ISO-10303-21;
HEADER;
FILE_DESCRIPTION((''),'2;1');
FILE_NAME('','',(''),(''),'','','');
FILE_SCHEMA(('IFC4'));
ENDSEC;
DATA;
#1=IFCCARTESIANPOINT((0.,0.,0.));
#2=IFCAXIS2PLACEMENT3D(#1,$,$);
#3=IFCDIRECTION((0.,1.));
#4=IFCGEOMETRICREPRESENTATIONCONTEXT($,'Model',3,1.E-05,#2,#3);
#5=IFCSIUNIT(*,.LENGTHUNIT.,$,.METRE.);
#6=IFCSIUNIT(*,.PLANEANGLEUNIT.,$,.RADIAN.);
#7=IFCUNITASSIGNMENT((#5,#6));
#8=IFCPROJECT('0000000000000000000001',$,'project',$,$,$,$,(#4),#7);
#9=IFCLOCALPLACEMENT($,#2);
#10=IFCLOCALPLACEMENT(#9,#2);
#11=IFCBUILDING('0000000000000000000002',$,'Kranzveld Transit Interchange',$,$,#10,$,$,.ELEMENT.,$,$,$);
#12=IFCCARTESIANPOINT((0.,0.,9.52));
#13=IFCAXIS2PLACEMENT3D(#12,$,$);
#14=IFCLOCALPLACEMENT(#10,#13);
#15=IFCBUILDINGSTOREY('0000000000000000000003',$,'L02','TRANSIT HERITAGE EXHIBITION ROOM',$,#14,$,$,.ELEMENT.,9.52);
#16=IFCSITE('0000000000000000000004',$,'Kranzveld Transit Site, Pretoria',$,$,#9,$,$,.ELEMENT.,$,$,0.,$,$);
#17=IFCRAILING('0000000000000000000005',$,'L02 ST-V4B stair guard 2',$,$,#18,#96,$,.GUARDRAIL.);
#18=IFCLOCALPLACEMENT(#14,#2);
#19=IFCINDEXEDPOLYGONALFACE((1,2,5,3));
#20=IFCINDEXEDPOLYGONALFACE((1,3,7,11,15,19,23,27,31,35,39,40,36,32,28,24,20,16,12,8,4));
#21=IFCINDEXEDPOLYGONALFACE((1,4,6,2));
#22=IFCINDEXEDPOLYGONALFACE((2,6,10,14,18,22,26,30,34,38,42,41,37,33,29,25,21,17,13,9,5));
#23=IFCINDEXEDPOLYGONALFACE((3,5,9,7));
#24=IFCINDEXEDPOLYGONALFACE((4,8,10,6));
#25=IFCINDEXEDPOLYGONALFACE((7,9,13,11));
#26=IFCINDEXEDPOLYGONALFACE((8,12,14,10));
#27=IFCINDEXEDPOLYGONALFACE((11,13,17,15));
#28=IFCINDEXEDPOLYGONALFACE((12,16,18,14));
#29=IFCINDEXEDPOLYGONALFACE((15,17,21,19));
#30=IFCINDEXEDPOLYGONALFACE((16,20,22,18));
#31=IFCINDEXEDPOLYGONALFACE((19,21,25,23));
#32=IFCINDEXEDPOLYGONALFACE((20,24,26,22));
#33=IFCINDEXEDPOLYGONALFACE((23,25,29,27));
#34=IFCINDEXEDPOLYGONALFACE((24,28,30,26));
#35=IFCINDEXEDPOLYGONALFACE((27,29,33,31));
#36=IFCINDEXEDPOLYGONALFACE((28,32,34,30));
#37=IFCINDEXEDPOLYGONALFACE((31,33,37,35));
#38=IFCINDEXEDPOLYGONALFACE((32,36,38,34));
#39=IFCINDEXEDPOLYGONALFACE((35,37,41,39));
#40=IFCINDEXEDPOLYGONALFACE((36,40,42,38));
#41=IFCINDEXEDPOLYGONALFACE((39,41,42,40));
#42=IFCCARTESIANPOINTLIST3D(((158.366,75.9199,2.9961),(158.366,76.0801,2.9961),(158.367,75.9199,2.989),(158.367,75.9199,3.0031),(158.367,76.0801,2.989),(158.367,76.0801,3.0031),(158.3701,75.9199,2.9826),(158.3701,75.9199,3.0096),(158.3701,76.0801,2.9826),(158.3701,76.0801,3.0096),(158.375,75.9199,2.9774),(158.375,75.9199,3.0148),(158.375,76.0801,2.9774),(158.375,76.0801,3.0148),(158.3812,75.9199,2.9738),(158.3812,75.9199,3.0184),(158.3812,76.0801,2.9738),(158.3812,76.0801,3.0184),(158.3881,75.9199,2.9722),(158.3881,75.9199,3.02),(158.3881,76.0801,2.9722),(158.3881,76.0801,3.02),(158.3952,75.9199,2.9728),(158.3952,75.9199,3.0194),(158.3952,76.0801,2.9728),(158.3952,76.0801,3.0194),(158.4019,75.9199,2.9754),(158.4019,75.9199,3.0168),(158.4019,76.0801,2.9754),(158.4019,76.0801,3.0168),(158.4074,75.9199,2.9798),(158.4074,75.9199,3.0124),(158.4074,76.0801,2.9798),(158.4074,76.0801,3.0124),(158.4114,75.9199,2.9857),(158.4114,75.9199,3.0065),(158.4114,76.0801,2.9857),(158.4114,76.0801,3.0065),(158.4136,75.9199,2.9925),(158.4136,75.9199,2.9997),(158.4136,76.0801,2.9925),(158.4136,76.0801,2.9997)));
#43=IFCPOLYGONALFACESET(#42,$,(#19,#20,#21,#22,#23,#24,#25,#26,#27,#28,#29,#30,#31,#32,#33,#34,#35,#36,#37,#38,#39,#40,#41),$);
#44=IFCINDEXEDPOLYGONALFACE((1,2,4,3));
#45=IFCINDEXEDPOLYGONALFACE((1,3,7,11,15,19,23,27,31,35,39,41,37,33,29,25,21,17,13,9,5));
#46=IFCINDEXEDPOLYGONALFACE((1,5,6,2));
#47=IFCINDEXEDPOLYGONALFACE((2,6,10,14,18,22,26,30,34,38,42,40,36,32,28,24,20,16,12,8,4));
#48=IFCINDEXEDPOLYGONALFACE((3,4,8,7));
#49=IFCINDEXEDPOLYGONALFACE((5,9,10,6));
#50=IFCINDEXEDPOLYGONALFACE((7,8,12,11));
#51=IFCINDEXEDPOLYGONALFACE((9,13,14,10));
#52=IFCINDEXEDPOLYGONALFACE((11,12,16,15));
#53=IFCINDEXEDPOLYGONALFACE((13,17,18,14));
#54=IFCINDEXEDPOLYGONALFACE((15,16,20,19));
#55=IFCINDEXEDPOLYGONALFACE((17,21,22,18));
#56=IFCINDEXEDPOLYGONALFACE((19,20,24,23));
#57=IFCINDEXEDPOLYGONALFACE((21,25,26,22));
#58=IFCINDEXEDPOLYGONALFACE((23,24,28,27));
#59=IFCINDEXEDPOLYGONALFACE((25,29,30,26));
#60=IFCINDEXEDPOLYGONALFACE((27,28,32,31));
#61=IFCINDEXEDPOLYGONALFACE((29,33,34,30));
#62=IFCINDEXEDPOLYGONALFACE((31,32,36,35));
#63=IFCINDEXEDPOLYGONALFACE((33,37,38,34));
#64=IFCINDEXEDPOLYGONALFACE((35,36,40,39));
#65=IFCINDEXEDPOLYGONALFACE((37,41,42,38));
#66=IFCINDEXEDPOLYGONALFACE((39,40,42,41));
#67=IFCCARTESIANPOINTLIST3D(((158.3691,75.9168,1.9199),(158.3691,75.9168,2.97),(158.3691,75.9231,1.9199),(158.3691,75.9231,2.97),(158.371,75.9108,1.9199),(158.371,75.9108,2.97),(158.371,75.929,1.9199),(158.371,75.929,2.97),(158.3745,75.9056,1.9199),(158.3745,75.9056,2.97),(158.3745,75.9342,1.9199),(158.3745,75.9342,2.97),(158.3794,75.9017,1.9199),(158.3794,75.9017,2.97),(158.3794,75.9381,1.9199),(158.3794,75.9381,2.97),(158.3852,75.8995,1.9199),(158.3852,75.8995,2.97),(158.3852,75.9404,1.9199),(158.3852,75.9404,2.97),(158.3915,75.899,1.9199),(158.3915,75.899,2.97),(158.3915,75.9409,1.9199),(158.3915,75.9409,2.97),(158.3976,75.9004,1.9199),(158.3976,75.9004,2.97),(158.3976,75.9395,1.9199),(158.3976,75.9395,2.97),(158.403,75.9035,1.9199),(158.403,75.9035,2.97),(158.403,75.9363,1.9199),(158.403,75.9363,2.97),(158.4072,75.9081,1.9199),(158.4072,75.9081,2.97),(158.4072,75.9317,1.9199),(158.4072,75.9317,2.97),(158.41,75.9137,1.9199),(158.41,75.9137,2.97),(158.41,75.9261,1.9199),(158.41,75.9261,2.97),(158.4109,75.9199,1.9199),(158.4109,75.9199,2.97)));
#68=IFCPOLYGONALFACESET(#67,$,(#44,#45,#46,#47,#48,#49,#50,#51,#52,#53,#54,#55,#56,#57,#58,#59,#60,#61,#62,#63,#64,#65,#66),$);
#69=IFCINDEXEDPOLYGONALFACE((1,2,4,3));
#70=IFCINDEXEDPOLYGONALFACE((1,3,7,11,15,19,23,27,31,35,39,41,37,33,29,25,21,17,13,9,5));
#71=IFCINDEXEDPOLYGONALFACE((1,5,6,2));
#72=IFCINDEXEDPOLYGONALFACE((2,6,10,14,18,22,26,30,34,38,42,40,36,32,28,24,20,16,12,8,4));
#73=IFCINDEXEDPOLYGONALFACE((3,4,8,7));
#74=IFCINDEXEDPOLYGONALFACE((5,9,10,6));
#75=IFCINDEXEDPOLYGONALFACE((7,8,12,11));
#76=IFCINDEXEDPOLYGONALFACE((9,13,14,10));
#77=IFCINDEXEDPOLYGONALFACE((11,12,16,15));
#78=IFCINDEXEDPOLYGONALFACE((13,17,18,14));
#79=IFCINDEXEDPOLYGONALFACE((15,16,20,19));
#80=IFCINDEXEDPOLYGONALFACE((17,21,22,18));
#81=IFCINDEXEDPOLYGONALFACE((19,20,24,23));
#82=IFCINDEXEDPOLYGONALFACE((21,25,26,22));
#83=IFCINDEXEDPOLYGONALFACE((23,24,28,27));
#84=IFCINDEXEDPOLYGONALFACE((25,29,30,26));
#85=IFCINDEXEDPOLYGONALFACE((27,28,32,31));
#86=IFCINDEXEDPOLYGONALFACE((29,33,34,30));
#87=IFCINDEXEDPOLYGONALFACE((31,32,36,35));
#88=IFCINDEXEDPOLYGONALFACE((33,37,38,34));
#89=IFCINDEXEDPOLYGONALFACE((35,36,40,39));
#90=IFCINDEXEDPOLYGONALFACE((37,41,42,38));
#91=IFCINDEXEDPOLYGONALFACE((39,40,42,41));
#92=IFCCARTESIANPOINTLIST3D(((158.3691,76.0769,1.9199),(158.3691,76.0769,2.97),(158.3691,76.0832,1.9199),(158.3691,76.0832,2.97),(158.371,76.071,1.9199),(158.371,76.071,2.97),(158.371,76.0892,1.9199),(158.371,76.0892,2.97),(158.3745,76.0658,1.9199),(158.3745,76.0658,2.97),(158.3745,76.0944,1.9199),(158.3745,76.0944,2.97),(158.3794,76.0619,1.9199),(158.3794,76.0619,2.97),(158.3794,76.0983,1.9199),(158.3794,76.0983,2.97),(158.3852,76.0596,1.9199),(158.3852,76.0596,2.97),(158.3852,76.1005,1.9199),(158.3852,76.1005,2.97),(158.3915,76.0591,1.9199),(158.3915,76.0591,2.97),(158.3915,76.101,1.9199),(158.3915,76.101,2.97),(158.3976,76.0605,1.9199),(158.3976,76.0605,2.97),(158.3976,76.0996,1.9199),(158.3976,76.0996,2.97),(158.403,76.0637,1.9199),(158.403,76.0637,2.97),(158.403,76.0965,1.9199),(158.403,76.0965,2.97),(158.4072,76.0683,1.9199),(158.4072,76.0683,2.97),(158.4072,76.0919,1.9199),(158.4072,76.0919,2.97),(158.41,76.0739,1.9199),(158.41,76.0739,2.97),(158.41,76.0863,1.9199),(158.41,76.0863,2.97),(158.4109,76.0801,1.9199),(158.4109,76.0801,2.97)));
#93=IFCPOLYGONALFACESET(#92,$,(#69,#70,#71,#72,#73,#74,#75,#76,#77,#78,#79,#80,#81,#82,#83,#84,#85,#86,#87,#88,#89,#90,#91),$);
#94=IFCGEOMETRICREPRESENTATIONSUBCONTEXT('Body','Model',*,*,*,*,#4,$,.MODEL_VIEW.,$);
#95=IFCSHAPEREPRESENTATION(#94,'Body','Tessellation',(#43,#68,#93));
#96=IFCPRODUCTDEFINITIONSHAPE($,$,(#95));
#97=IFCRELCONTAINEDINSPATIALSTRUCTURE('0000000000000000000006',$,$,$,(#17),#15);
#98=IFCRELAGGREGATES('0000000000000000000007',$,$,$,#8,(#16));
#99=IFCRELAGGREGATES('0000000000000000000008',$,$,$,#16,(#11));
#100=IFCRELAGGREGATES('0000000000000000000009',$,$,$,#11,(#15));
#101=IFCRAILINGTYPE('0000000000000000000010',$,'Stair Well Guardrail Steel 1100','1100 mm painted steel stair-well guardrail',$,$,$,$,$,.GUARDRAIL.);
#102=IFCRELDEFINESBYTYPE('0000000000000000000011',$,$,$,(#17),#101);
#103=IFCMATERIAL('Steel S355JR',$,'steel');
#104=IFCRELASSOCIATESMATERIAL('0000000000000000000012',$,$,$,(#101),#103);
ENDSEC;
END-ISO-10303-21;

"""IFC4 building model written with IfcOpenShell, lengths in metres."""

from ifc_helpers import new_model, si_unit, direction, frame, origin, origin_2d, place, context, subcontext, project, spatial, circle, extrude, material, type_object, element, save


model = new_model("IFC4")

# Units and contexts
model_context = context("Model", 3, precision=1e-05, world=origin(), true_north=direction((0.0, 1.0)))
body_context = subcontext(model_context, "Body", "Model", "MODEL_VIEW")
ifc_project = project(units=[si_unit("LENGTHUNIT", "METRE"), si_unit("PLANEANGLEUNIT", "RADIAN")], contexts=[model_context])

# Site, building, storey
site_placement = place(None, origin())
site = spatial("IfcSite", under=ifc_project, at=site_placement, Name="Kranzveld Transit Site, Pretoria", CompositionType="ELEMENT", RefElevation=0.0)
building_placement = place(site_placement, origin())
building = spatial("IfcBuilding", under=site, at=building_placement, Name="Kranzveld Transit Interchange", CompositionType="ELEMENT")
storey_placement = place(building_placement, frame((0.0, 0.0, 9.52)))
storey = spatial("IfcBuildingStorey", under=building, at=storey_placement, Name="L02", Description="TRANSIT HERITAGE EXHIBITION ROOM", CompositionType="ELEMENT", Elevation=9.52)

# Railing
ifc_material_1 = material(Name="Steel S355JR", Category="steel")
railing_type_1 = type_object("IfcRailingType", Name="Stair Well Guardrail Steel 1100", Description="1100 mm painted steel stair-well guardrail", PredefinedType="GUARDRAIL", material=ifc_material_1)
railing_1_placement = place(storey_placement, frame((158.3899, 75.9199, 1.9199)))
element("IfcRailing", 1, at=railing_1_placement, inside=storey, type_object=railing_type_1, Name="L02 ST-V4B stair guard 2", PredefinedType="GUARDRAIL", context=body_context, shape_type="SweptSolid", body=[
    extrude(circle(Radius=0.0239, at=origin_2d()), frame((0.0, 0.0, 1.0762), z_axis=(0.0, 1.0, 0.0), x_axis=(-1.0, 0.0, 0.0)), (0.0, 0.0, 1.0), 0.1602),
    extrude(circle(Radius=0.021, at=origin_2d()), origin(), (0.0, 0.0, 1.0), 1.05),
    extrude(circle(Radius=0.021, at=origin_2d()), frame((0.0, 0.1602, 0.0)), (0.0, 0.0, 1.0), 1.05),
])

save(model, "model.ifc")
